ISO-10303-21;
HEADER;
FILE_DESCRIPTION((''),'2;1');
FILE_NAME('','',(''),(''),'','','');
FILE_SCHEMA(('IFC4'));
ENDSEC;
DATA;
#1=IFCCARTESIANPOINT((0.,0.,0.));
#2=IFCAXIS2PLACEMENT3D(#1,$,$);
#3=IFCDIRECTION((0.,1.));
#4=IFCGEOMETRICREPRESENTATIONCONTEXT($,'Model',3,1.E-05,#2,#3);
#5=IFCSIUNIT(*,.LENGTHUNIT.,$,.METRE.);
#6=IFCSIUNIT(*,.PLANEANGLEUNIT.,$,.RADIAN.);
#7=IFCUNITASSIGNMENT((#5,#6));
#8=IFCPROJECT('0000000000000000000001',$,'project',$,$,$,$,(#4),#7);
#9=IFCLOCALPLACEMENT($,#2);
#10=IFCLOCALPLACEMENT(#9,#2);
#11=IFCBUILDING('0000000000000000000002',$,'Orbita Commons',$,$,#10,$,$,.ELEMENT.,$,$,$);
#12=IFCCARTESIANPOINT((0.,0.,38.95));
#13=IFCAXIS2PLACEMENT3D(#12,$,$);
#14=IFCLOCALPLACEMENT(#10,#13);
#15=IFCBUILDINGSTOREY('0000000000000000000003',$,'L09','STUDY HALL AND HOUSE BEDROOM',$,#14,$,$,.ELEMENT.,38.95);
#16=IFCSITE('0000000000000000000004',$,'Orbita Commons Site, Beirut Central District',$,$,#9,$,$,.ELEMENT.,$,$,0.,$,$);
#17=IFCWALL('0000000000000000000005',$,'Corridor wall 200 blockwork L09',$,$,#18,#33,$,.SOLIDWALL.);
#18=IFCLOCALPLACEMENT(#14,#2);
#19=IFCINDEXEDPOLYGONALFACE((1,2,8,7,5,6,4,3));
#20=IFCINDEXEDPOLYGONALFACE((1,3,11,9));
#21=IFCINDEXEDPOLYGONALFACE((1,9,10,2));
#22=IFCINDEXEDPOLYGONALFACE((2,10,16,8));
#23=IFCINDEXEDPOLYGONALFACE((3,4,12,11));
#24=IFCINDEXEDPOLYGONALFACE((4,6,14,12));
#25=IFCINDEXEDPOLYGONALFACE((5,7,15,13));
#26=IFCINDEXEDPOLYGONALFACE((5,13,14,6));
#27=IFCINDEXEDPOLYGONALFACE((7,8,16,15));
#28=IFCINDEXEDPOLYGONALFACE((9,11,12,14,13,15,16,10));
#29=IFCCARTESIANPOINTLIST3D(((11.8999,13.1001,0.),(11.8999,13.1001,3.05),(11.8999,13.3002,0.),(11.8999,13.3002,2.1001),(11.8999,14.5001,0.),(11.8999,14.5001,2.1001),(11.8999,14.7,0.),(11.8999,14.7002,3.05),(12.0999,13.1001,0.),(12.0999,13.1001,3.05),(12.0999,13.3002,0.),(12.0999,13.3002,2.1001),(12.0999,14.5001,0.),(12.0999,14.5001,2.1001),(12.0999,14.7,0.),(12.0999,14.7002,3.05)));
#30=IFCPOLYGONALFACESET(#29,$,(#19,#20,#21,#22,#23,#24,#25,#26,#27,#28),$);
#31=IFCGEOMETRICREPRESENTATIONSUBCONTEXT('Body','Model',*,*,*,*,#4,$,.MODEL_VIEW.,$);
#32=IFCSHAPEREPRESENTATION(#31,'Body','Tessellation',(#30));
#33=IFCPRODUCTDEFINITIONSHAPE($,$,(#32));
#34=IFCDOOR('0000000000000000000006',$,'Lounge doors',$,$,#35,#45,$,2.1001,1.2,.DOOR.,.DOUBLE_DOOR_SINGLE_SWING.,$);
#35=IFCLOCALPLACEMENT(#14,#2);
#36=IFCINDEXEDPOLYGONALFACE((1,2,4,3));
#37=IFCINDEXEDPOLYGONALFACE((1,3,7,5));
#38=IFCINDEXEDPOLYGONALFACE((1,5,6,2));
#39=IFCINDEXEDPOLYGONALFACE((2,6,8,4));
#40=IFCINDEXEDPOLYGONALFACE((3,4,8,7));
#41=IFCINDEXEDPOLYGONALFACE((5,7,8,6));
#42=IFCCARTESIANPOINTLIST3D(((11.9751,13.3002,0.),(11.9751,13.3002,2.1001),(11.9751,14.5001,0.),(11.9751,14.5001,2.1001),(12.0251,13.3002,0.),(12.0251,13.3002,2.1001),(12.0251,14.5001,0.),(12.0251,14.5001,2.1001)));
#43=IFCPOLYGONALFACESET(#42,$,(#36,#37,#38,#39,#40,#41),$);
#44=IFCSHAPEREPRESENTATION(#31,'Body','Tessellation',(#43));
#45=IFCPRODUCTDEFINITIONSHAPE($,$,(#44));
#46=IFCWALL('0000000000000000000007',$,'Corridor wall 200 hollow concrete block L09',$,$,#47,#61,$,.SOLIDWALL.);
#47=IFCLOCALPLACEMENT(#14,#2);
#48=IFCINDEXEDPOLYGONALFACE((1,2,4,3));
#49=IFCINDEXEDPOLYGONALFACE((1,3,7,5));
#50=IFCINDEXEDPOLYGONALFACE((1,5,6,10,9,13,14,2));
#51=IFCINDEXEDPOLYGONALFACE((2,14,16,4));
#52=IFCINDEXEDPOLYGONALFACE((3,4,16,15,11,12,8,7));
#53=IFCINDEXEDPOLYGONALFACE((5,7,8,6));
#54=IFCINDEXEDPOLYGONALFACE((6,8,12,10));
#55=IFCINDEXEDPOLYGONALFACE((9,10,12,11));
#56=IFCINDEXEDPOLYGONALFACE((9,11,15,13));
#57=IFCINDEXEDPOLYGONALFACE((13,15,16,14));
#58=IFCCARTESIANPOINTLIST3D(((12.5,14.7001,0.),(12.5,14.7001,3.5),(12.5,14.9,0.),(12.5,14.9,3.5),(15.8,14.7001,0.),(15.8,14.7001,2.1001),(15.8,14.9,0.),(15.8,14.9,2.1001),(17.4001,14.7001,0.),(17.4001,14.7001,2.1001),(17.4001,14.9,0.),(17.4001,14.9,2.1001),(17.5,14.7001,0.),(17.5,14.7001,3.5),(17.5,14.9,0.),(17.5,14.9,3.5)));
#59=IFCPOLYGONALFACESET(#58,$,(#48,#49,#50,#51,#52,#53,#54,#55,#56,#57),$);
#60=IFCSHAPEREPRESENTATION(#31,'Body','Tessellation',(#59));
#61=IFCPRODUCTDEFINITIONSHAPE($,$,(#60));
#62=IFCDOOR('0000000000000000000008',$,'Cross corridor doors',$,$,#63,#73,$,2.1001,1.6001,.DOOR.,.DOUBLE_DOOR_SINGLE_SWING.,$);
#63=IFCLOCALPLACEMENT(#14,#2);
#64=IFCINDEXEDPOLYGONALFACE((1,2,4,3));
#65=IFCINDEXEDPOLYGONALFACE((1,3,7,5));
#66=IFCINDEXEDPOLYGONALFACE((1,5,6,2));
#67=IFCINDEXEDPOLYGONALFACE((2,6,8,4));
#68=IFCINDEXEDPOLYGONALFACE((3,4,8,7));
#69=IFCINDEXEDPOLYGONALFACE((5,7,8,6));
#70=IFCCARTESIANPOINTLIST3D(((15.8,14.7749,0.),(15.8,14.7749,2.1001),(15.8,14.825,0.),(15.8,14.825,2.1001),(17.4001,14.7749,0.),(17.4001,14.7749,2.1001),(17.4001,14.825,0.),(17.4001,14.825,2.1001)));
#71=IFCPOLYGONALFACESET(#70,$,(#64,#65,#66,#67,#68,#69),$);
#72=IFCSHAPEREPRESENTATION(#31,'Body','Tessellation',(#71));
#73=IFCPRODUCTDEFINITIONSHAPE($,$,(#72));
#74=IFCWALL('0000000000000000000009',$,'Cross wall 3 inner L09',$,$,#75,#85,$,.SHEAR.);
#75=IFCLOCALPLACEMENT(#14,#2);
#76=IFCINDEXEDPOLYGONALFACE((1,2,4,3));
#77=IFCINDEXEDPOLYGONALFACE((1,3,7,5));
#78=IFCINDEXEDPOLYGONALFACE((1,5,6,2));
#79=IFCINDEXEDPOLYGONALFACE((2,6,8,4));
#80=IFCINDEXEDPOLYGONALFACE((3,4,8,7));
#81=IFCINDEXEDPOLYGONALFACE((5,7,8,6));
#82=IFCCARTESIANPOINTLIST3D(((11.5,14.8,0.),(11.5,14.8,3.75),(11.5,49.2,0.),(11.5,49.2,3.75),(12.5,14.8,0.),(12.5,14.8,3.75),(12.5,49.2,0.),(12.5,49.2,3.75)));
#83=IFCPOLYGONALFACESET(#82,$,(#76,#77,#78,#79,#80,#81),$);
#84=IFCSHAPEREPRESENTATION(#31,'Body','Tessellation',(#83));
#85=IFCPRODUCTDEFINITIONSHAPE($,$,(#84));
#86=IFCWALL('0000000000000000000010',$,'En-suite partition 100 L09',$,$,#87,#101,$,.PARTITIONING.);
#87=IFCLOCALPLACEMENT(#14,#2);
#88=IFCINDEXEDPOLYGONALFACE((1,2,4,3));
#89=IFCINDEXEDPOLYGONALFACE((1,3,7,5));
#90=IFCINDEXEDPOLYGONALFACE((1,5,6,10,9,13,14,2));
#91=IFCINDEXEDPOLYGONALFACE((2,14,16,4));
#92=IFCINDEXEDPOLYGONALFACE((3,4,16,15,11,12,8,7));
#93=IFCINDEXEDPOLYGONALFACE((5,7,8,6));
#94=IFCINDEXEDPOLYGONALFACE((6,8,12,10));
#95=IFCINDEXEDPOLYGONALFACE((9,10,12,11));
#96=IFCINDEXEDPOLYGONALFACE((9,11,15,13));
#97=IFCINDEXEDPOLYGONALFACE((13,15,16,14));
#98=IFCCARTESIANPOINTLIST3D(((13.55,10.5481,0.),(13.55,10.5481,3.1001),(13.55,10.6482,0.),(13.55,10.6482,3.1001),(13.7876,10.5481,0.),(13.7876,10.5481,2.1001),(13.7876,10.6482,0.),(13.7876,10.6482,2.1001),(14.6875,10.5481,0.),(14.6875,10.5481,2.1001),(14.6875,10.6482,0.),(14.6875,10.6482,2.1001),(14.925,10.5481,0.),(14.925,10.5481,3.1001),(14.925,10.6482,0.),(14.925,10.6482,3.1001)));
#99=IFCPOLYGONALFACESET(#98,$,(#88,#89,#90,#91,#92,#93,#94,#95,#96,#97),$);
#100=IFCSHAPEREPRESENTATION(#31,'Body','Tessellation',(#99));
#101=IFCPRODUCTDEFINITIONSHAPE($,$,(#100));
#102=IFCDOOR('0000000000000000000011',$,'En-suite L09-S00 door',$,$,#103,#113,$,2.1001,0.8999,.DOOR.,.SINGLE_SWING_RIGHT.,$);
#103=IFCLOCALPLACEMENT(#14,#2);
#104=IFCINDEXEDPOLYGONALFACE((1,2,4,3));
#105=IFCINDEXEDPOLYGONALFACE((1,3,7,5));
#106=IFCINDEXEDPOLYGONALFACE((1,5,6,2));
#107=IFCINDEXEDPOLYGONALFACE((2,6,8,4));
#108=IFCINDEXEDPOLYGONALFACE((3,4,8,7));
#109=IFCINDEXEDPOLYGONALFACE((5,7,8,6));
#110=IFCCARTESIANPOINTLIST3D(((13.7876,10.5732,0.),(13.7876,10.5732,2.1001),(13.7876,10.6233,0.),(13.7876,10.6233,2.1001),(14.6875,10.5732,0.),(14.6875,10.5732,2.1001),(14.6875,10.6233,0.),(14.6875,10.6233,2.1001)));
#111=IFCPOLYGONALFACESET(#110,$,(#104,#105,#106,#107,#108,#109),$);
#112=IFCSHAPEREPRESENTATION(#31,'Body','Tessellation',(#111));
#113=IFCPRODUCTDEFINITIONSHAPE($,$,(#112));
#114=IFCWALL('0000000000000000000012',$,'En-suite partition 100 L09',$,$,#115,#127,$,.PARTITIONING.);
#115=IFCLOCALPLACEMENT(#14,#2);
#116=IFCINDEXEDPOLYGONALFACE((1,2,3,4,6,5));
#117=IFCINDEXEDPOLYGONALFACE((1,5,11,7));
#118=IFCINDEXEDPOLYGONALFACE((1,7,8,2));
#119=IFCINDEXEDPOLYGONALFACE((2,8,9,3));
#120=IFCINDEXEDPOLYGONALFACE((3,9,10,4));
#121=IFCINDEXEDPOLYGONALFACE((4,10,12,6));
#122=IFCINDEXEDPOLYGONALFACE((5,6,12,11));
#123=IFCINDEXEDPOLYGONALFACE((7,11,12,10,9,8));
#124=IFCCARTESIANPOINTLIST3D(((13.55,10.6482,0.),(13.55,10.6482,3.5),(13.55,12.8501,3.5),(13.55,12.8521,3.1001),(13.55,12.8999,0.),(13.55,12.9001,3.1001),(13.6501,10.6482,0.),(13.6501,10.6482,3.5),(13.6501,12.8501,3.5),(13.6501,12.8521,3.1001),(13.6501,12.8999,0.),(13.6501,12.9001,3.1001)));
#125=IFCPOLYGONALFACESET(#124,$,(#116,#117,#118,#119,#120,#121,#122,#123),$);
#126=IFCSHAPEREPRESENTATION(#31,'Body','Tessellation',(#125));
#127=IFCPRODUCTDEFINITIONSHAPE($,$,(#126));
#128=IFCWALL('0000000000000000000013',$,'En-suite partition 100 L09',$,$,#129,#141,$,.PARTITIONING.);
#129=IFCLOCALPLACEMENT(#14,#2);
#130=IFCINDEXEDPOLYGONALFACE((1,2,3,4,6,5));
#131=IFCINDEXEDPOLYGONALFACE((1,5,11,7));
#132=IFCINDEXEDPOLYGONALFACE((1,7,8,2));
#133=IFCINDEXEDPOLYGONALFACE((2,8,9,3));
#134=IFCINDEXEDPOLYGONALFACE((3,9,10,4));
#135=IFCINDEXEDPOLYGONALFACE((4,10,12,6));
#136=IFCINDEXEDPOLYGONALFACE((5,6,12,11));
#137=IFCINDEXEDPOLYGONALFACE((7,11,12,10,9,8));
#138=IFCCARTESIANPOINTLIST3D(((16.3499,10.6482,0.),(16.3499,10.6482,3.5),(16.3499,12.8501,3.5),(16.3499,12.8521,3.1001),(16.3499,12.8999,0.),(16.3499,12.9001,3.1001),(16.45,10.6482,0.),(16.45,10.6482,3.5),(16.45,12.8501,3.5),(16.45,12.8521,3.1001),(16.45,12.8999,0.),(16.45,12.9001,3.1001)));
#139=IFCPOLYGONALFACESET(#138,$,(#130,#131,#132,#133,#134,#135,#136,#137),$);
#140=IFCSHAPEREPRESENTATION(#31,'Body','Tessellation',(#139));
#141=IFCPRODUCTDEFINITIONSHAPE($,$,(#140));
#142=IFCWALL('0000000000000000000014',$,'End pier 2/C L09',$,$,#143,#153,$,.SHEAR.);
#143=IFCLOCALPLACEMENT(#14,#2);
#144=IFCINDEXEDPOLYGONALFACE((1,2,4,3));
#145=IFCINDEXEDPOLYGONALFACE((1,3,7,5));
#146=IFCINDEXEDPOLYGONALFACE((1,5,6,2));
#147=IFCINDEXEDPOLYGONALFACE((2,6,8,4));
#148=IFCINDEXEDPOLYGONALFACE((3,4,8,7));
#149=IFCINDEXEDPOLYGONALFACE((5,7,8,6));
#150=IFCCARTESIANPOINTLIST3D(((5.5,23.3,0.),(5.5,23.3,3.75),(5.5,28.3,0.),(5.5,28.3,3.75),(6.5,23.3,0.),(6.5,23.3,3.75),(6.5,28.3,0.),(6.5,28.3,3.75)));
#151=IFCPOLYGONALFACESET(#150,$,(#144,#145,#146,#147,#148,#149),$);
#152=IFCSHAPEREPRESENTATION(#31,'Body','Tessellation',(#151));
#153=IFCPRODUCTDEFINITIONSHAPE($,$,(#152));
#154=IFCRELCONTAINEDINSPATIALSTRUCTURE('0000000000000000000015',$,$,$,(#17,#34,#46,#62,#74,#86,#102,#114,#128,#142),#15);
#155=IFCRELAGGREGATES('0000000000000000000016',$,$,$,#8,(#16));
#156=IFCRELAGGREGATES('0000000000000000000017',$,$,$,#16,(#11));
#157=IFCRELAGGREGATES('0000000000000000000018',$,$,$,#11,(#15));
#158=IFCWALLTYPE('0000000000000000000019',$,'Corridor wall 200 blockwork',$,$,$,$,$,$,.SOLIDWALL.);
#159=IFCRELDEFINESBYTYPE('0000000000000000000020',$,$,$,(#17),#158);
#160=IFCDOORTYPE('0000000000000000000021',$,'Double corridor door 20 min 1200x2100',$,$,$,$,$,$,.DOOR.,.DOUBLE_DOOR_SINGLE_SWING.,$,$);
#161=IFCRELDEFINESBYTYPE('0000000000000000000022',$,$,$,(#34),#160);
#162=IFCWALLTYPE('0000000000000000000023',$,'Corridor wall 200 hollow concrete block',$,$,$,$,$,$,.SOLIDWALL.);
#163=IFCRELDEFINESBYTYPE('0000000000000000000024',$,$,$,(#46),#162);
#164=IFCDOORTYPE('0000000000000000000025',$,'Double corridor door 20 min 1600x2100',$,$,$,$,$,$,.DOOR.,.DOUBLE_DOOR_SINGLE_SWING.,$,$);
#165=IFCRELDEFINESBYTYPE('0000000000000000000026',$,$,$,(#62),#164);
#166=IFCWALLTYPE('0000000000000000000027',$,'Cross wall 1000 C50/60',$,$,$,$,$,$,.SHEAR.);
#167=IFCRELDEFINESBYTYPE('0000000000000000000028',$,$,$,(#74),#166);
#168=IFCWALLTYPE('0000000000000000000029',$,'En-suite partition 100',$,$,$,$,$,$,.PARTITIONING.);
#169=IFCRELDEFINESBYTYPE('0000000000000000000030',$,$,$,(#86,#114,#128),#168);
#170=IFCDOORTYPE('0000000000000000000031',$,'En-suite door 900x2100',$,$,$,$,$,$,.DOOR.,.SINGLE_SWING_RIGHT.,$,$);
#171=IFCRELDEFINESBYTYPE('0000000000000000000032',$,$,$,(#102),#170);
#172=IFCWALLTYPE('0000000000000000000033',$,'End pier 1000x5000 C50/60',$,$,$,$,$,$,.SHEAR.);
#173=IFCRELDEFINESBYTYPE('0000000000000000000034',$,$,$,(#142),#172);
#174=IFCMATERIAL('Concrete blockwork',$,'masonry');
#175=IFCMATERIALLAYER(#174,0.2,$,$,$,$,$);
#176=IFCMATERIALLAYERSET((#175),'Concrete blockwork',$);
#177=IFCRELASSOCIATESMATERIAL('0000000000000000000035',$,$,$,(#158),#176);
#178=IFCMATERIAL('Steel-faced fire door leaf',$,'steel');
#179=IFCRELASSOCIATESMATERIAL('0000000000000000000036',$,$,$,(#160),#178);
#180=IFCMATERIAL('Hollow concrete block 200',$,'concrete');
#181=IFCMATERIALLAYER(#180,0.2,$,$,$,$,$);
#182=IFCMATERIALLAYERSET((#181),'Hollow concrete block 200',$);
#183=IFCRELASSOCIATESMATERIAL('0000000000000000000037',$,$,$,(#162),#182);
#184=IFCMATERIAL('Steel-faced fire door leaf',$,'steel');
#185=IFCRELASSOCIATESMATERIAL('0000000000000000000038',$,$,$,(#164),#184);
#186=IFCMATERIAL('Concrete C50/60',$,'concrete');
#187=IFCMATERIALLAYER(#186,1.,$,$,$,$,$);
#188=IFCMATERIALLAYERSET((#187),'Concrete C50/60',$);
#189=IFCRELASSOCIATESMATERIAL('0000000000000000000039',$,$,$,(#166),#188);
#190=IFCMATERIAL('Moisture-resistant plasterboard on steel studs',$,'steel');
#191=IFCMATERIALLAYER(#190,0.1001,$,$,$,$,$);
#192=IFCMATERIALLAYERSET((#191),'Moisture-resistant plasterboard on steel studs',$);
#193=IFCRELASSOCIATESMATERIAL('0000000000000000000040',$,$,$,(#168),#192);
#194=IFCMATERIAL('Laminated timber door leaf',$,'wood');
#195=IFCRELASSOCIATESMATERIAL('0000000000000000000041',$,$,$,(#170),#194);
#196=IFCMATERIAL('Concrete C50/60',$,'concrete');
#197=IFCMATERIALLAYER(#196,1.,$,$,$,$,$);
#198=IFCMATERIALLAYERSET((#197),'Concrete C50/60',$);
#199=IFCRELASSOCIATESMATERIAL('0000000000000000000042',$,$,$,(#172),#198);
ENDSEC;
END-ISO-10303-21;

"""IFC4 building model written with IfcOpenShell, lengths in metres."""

from ifc_helpers import new_model, si_unit, direction, frame, frame_2d, origin, place, context, subcontext, project, spatial, polyline, rectangle, outline, extrude, material, layer, layer_set, type_object, element, fill, save


model = new_model("IFC4")

# Units and contexts
model_context = context("Model", 3, precision=1e-05, world=origin(), true_north=direction((0.0, 1.0)))
body_context = subcontext(model_context, "Body", "Model", "MODEL_VIEW")
ifc_project = project(units=[si_unit("LENGTHUNIT", "METRE"), si_unit("PLANEANGLEUNIT", "RADIAN")], contexts=[model_context])

# Site, building, storey
site_placement = place(None, origin())
site = spatial("IfcSite", under=ifc_project, at=site_placement, Name="Orbita Commons Site, Beirut Central District", CompositionType="ELEMENT", RefElevation=0.0)
building_placement = place(site_placement, origin())
building = spatial("IfcBuilding", under=site, at=building_placement, Name="Orbita Commons", CompositionType="ELEMENT")
storey_placement = place(building_placement, frame((0.0, 0.0, 38.95)))
storey = spatial("IfcBuildingStorey", under=building, at=storey_placement, Name="L09", Description="STUDY HALL AND HOUSE BEDROOM", CompositionType="ELEMENT", Elevation=38.95)

# Shared definitions
ifc_material_1 = material(Name="Concrete blockwork", Category="masonry")
ifc_layer_1 = layer(ifc_material_1, 0.2)
ifc_layer_set_1 = layer_set([ifc_layer_1], Name="Concrete blockwork")
wall_type_1 = type_object("IfcWallType", Name="Corridor wall 200 blockwork", PredefinedType="SOLIDWALL", material=ifc_layer_set_1)

# Walls, openings, doors
wall_1_placement = place(storey_placement, frame((12.0, 13.1001, 0.0), z_axis=(0.0, 0.0, 1.0), x_axis=(0.0, 1.0, 0.0)))
wall_1 = element("IfcWall", 1, at=wall_1_placement, inside=storey, type_object=wall_type_1, Name="Corridor wall 200 blockwork L09", PredefinedType="SOLIDWALL", context=body_context, shape_type="SweptSolid", body=[
    extrude(outline(polyline([(0.0, 0.0), (1.5999, 0.0), (1.6001, 3.05), (0.0, 3.05), (0.0, 0.0)])), frame((0.0, 0.1001, 0.0), z_axis=(0.0, -1.0, 0.0), x_axis=(1.0, 0.0, 0.0)), (0.0, 0.0, 1.0), 0.2),
])
opening_1_placement = place(wall_1_placement, frame((0.2, 0.0, 0.0)))
opening_1 = element("IfcOpeningElement", 2, at=opening_1_placement, cuts=wall_1, PredefinedType="OPENING", context=body_context, shape_type="SweptSolid", body=[
    extrude(rectangle(XDim=1.2, YDim=2.1001, at=frame_2d((0.6001, 1.05))), frame((0.0, 0.1099, 0.0), z_axis=(0.0, -1.0, 0.0), x_axis=(1.0, 0.0, 0.0)), (0.0, 0.0, 1.0), 0.22),
])
ifc_material_2 = material(Name="Steel-faced fire door leaf", Category="steel")
door_type_1 = type_object("IfcDoorType", Name="Double corridor door 20 min 1200x2100", OperationType="DOUBLE_DOOR_SINGLE_SWING", PredefinedType="DOOR", material=ifc_material_2)
door_1_placement = place(opening_1_placement, origin())
door_1 = element("IfcDoor", 3, at=door_1_placement, inside=storey, type_object=door_type_1, Name="Lounge doors", OperationType="DOUBLE_DOOR_SINGLE_SWING", OverallHeight=2.1001, OverallWidth=1.2, PredefinedType="DOOR", context=body_context, shape_type="SweptSolid", body=[
    extrude(rectangle(XDim=1.2, YDim=2.1001, at=frame_2d((0.6001, 1.05))), frame((0.0, 0.0249, 0.0), z_axis=(0.0, -1.0, 0.0), x_axis=(1.0, 0.0, 0.0)), (0.0, 0.0, 1.0), 0.05),
])
fill(opening_1, door_1)
ifc_material_3 = material(Name="Hollow concrete block 200", Category="concrete")
ifc_layer_2 = layer(ifc_material_3, 0.2)
ifc_layer_set_2 = layer_set([ifc_layer_2], Name="Hollow concrete block 200")
wall_type_2 = type_object("IfcWallType", Name="Corridor wall 200 hollow concrete block", PredefinedType="SOLIDWALL", material=ifc_layer_set_2)
wall_2_placement = place(storey_placement, frame((12.5, 14.8, 0.0), z_axis=(0.0, 0.0, 1.0), x_axis=(1.0, 0.0, 0.0)))
wall_2 = element("IfcWall", 4, at=wall_2_placement, inside=storey, type_object=wall_type_2, Name="Corridor wall 200 hollow concrete block L09", PredefinedType="SOLIDWALL", context=body_context, shape_type="SweptSolid", body=[
    extrude(rectangle(XDim=5.0, YDim=0.2, at=frame_2d((2.5, 0.0))), origin(), (0.0, 0.0, 1.0), 3.5),
])
opening_2_placement = place(wall_2_placement, frame((3.3, 0.0, 0.0)))
opening_2 = element("IfcOpeningElement", 5, at=opening_2_placement, cuts=wall_2, PredefinedType="OPENING", context=body_context, shape_type="SweptSolid", body=[
    extrude(rectangle(XDim=1.6001, YDim=2.1001, at=frame_2d((0.8, 1.05))), frame((0.0, 0.1099, 0.0), z_axis=(0.0, -1.0, 0.0), x_axis=(1.0, 0.0, 0.0)), (0.0, 0.0, 1.0), 0.22),
])
ifc_material_4 = material(Name="Steel-faced fire door leaf", Category="steel")
door_type_2 = type_object("IfcDoorType", Name="Double corridor door 20 min 1600x2100", OperationType="DOUBLE_DOOR_SINGLE_SWING", PredefinedType="DOOR", material=ifc_material_4)
door_2_placement = place(opening_2_placement, origin())
door_2 = element("IfcDoor", 6, at=door_2_placement, inside=storey, type_object=door_type_2, Name="Cross corridor doors", OperationType="DOUBLE_DOOR_SINGLE_SWING", OverallHeight=2.1001, OverallWidth=1.6001, PredefinedType="DOOR", context=body_context, shape_type="SweptSolid", body=[
    extrude(rectangle(XDim=1.6001, YDim=2.1001, at=frame_2d((0.8, 1.05))), frame((0.0, 0.0249, 0.0), z_axis=(0.0, -1.0, 0.0), x_axis=(1.0, 0.0, 0.0)), (0.0, 0.0, 1.0), 0.05),
])
fill(opening_2, door_2)

# Wall
ifc_material_5 = material(Name="Concrete C50/60", Category="concrete")
ifc_layer_3 = layer(ifc_material_5, 1.0)
ifc_layer_set_3 = layer_set([ifc_layer_3], Name="Concrete C50/60")
wall_type_3 = type_object("IfcWallType", Name="Cross wall 1000 C50/60", PredefinedType="SHEAR", material=ifc_layer_set_3)
wall_3_placement = place(storey_placement, frame((12.0, 14.8, 0.0), z_axis=(0.0, 0.0, 1.0), x_axis=(0.0, 1.0, 0.0)))
element("IfcWall", 7, at=wall_3_placement, inside=storey, type_object=wall_type_3, Name="Cross wall 3 inner L09", PredefinedType="SHEAR", context=body_context, shape_type="SweptSolid", body=[
    extrude(rectangle(XDim=34.3999, YDim=1.0, at=frame_2d((17.2, 0.0))), origin(), (0.0, 0.0, 1.0), 3.75),
])

# Wall, opening, door
ifc_material_6 = material(Name="Moisture-resistant plasterboard on steel studs", Category="steel")
ifc_layer_4 = layer(ifc_material_6, 0.1001)
ifc_layer_set_4 = layer_set([ifc_layer_4], Name="Moisture-resistant plasterboard on steel studs")
wall_type_4 = type_object("IfcWallType", Name="En-suite partition 100", PredefinedType="PARTITIONING", material=ifc_layer_set_4)
wall_4_placement = place(storey_placement, frame((14.925, 10.5981, 0.0), z_axis=(0.0, 0.0, 1.0), x_axis=(-1.0, 0.0, 0.0)))
wall_4 = element("IfcWall", 8, at=wall_4_placement, inside=storey, type_object=wall_type_4, Name="En-suite partition 100 L09", PredefinedType="PARTITIONING", context=body_context, shape_type="SweptSolid", body=[
    extrude(outline(polyline([(0.0, 0.0), (1.375, 0.0), (1.375, 3.1001), (0.0, 3.1001), (0.0, 0.0)])), frame((0.0, 0.05, 0.0), z_axis=(0.0, -1.0, 0.0), x_axis=(1.0, 0.0, 0.0)), (0.0, 0.0, 1.0), 0.1001),
])
opening_3_placement = place(wall_4_placement, frame((0.2375, 0.0, 0.0)))
opening_3 = element("IfcOpeningElement", 9, at=opening_3_placement, cuts=wall_4, PredefinedType="OPENING", context=body_context, shape_type="SweptSolid", body=[
    extrude(rectangle(XDim=0.8999, YDim=2.1001, at=frame_2d((0.45, 1.05))), frame((0.0, 0.0601, 0.0), z_axis=(0.0, -1.0, 0.0), x_axis=(1.0, 0.0, 0.0)), (0.0, 0.0, 1.0), 0.1201),
])
ifc_material_7 = material(Name="Laminated timber door leaf", Category="wood")
door_type_3 = type_object("IfcDoorType", Name="En-suite door 900x2100", OperationType="SINGLE_SWING_RIGHT", PredefinedType="DOOR", material=ifc_material_7)
door_3_placement = place(opening_3_placement, origin())
door_3 = element("IfcDoor", 10, at=door_3_placement, inside=storey, type_object=door_type_3, Name="En-suite L09-S00 door", OperationType="SINGLE_SWING_RIGHT", OverallHeight=2.1001, OverallWidth=0.8999, PredefinedType="DOOR", context=body_context, shape_type="SweptSolid", body=[
    extrude(rectangle(XDim=0.8999, YDim=2.1001, at=frame_2d((0.45, 1.05))), frame((0.0, 0.0249, 0.0), z_axis=(0.0, -1.0, 0.0), x_axis=(1.0, 0.0, 0.0)), (0.0, 0.0, 1.0), 0.05),
])
fill(opening_3, door_3)

# Walls
for number, where, z_axis, x_axis, name in (
    (11, (13.6001, 10.6482, 0.0), (0.0, 0.0, 1.0), (0.0, 1.0, 0.0), "En-suite partition 100 L09"),
    (12, (16.3999, 10.6482, 0.0), (0.0, 0.0, 1.0), (0.0, 1.0, 0.0), "En-suite partition 100 L09"),
):
    element("IfcWall", number, at=place(storey_placement, frame(where, z_axis=z_axis, x_axis=x_axis)), inside=storey, type_object=wall_type_4, Name=name, PredefinedType="PARTITIONING", context=body_context, shape_type="SweptSolid", body=[
        extrude(outline(polyline([(0.0, 0.0), (2.2517, 0.0), (2.252, 3.1001), (2.2039, 3.1001), (2.2019, 3.5), (0.0, 3.5), (0.0, 0.0)])), frame((0.0, 0.05, 0.0), z_axis=(0.0, -1.0, 0.0), x_axis=(1.0, 0.0, 0.0)), (0.0, 0.0, 1.0), 0.1001),
    ])
ifc_material_8 = material(Name="Concrete C50/60", Category="concrete")
ifc_layer_5 = layer(ifc_material_8, 1.0)
ifc_layer_set_5 = layer_set([ifc_layer_5], Name="Concrete C50/60")
wall_type_5 = type_object("IfcWallType", Name="End pier 1000x5000 C50/60", PredefinedType="SHEAR", material=ifc_layer_set_5)
wall_5_placement = place(storey_placement, frame((6.0, 23.3, 0.0), z_axis=(0.0, 0.0, 1.0), x_axis=(0.0, 1.0, 0.0)))
element("IfcWall", 13, at=wall_5_placement, inside=storey, type_object=wall_type_5, Name="End pier 2/C L09", PredefinedType="SHEAR", context=body_context, shape_type="SweptSolid", body=[
    extrude(rectangle(XDim=5.0, YDim=1.0, at=frame_2d((2.5, 0.0))), origin(), (0.0, 0.0, 1.0), 3.75),
])

save(model, "model.ifc")
